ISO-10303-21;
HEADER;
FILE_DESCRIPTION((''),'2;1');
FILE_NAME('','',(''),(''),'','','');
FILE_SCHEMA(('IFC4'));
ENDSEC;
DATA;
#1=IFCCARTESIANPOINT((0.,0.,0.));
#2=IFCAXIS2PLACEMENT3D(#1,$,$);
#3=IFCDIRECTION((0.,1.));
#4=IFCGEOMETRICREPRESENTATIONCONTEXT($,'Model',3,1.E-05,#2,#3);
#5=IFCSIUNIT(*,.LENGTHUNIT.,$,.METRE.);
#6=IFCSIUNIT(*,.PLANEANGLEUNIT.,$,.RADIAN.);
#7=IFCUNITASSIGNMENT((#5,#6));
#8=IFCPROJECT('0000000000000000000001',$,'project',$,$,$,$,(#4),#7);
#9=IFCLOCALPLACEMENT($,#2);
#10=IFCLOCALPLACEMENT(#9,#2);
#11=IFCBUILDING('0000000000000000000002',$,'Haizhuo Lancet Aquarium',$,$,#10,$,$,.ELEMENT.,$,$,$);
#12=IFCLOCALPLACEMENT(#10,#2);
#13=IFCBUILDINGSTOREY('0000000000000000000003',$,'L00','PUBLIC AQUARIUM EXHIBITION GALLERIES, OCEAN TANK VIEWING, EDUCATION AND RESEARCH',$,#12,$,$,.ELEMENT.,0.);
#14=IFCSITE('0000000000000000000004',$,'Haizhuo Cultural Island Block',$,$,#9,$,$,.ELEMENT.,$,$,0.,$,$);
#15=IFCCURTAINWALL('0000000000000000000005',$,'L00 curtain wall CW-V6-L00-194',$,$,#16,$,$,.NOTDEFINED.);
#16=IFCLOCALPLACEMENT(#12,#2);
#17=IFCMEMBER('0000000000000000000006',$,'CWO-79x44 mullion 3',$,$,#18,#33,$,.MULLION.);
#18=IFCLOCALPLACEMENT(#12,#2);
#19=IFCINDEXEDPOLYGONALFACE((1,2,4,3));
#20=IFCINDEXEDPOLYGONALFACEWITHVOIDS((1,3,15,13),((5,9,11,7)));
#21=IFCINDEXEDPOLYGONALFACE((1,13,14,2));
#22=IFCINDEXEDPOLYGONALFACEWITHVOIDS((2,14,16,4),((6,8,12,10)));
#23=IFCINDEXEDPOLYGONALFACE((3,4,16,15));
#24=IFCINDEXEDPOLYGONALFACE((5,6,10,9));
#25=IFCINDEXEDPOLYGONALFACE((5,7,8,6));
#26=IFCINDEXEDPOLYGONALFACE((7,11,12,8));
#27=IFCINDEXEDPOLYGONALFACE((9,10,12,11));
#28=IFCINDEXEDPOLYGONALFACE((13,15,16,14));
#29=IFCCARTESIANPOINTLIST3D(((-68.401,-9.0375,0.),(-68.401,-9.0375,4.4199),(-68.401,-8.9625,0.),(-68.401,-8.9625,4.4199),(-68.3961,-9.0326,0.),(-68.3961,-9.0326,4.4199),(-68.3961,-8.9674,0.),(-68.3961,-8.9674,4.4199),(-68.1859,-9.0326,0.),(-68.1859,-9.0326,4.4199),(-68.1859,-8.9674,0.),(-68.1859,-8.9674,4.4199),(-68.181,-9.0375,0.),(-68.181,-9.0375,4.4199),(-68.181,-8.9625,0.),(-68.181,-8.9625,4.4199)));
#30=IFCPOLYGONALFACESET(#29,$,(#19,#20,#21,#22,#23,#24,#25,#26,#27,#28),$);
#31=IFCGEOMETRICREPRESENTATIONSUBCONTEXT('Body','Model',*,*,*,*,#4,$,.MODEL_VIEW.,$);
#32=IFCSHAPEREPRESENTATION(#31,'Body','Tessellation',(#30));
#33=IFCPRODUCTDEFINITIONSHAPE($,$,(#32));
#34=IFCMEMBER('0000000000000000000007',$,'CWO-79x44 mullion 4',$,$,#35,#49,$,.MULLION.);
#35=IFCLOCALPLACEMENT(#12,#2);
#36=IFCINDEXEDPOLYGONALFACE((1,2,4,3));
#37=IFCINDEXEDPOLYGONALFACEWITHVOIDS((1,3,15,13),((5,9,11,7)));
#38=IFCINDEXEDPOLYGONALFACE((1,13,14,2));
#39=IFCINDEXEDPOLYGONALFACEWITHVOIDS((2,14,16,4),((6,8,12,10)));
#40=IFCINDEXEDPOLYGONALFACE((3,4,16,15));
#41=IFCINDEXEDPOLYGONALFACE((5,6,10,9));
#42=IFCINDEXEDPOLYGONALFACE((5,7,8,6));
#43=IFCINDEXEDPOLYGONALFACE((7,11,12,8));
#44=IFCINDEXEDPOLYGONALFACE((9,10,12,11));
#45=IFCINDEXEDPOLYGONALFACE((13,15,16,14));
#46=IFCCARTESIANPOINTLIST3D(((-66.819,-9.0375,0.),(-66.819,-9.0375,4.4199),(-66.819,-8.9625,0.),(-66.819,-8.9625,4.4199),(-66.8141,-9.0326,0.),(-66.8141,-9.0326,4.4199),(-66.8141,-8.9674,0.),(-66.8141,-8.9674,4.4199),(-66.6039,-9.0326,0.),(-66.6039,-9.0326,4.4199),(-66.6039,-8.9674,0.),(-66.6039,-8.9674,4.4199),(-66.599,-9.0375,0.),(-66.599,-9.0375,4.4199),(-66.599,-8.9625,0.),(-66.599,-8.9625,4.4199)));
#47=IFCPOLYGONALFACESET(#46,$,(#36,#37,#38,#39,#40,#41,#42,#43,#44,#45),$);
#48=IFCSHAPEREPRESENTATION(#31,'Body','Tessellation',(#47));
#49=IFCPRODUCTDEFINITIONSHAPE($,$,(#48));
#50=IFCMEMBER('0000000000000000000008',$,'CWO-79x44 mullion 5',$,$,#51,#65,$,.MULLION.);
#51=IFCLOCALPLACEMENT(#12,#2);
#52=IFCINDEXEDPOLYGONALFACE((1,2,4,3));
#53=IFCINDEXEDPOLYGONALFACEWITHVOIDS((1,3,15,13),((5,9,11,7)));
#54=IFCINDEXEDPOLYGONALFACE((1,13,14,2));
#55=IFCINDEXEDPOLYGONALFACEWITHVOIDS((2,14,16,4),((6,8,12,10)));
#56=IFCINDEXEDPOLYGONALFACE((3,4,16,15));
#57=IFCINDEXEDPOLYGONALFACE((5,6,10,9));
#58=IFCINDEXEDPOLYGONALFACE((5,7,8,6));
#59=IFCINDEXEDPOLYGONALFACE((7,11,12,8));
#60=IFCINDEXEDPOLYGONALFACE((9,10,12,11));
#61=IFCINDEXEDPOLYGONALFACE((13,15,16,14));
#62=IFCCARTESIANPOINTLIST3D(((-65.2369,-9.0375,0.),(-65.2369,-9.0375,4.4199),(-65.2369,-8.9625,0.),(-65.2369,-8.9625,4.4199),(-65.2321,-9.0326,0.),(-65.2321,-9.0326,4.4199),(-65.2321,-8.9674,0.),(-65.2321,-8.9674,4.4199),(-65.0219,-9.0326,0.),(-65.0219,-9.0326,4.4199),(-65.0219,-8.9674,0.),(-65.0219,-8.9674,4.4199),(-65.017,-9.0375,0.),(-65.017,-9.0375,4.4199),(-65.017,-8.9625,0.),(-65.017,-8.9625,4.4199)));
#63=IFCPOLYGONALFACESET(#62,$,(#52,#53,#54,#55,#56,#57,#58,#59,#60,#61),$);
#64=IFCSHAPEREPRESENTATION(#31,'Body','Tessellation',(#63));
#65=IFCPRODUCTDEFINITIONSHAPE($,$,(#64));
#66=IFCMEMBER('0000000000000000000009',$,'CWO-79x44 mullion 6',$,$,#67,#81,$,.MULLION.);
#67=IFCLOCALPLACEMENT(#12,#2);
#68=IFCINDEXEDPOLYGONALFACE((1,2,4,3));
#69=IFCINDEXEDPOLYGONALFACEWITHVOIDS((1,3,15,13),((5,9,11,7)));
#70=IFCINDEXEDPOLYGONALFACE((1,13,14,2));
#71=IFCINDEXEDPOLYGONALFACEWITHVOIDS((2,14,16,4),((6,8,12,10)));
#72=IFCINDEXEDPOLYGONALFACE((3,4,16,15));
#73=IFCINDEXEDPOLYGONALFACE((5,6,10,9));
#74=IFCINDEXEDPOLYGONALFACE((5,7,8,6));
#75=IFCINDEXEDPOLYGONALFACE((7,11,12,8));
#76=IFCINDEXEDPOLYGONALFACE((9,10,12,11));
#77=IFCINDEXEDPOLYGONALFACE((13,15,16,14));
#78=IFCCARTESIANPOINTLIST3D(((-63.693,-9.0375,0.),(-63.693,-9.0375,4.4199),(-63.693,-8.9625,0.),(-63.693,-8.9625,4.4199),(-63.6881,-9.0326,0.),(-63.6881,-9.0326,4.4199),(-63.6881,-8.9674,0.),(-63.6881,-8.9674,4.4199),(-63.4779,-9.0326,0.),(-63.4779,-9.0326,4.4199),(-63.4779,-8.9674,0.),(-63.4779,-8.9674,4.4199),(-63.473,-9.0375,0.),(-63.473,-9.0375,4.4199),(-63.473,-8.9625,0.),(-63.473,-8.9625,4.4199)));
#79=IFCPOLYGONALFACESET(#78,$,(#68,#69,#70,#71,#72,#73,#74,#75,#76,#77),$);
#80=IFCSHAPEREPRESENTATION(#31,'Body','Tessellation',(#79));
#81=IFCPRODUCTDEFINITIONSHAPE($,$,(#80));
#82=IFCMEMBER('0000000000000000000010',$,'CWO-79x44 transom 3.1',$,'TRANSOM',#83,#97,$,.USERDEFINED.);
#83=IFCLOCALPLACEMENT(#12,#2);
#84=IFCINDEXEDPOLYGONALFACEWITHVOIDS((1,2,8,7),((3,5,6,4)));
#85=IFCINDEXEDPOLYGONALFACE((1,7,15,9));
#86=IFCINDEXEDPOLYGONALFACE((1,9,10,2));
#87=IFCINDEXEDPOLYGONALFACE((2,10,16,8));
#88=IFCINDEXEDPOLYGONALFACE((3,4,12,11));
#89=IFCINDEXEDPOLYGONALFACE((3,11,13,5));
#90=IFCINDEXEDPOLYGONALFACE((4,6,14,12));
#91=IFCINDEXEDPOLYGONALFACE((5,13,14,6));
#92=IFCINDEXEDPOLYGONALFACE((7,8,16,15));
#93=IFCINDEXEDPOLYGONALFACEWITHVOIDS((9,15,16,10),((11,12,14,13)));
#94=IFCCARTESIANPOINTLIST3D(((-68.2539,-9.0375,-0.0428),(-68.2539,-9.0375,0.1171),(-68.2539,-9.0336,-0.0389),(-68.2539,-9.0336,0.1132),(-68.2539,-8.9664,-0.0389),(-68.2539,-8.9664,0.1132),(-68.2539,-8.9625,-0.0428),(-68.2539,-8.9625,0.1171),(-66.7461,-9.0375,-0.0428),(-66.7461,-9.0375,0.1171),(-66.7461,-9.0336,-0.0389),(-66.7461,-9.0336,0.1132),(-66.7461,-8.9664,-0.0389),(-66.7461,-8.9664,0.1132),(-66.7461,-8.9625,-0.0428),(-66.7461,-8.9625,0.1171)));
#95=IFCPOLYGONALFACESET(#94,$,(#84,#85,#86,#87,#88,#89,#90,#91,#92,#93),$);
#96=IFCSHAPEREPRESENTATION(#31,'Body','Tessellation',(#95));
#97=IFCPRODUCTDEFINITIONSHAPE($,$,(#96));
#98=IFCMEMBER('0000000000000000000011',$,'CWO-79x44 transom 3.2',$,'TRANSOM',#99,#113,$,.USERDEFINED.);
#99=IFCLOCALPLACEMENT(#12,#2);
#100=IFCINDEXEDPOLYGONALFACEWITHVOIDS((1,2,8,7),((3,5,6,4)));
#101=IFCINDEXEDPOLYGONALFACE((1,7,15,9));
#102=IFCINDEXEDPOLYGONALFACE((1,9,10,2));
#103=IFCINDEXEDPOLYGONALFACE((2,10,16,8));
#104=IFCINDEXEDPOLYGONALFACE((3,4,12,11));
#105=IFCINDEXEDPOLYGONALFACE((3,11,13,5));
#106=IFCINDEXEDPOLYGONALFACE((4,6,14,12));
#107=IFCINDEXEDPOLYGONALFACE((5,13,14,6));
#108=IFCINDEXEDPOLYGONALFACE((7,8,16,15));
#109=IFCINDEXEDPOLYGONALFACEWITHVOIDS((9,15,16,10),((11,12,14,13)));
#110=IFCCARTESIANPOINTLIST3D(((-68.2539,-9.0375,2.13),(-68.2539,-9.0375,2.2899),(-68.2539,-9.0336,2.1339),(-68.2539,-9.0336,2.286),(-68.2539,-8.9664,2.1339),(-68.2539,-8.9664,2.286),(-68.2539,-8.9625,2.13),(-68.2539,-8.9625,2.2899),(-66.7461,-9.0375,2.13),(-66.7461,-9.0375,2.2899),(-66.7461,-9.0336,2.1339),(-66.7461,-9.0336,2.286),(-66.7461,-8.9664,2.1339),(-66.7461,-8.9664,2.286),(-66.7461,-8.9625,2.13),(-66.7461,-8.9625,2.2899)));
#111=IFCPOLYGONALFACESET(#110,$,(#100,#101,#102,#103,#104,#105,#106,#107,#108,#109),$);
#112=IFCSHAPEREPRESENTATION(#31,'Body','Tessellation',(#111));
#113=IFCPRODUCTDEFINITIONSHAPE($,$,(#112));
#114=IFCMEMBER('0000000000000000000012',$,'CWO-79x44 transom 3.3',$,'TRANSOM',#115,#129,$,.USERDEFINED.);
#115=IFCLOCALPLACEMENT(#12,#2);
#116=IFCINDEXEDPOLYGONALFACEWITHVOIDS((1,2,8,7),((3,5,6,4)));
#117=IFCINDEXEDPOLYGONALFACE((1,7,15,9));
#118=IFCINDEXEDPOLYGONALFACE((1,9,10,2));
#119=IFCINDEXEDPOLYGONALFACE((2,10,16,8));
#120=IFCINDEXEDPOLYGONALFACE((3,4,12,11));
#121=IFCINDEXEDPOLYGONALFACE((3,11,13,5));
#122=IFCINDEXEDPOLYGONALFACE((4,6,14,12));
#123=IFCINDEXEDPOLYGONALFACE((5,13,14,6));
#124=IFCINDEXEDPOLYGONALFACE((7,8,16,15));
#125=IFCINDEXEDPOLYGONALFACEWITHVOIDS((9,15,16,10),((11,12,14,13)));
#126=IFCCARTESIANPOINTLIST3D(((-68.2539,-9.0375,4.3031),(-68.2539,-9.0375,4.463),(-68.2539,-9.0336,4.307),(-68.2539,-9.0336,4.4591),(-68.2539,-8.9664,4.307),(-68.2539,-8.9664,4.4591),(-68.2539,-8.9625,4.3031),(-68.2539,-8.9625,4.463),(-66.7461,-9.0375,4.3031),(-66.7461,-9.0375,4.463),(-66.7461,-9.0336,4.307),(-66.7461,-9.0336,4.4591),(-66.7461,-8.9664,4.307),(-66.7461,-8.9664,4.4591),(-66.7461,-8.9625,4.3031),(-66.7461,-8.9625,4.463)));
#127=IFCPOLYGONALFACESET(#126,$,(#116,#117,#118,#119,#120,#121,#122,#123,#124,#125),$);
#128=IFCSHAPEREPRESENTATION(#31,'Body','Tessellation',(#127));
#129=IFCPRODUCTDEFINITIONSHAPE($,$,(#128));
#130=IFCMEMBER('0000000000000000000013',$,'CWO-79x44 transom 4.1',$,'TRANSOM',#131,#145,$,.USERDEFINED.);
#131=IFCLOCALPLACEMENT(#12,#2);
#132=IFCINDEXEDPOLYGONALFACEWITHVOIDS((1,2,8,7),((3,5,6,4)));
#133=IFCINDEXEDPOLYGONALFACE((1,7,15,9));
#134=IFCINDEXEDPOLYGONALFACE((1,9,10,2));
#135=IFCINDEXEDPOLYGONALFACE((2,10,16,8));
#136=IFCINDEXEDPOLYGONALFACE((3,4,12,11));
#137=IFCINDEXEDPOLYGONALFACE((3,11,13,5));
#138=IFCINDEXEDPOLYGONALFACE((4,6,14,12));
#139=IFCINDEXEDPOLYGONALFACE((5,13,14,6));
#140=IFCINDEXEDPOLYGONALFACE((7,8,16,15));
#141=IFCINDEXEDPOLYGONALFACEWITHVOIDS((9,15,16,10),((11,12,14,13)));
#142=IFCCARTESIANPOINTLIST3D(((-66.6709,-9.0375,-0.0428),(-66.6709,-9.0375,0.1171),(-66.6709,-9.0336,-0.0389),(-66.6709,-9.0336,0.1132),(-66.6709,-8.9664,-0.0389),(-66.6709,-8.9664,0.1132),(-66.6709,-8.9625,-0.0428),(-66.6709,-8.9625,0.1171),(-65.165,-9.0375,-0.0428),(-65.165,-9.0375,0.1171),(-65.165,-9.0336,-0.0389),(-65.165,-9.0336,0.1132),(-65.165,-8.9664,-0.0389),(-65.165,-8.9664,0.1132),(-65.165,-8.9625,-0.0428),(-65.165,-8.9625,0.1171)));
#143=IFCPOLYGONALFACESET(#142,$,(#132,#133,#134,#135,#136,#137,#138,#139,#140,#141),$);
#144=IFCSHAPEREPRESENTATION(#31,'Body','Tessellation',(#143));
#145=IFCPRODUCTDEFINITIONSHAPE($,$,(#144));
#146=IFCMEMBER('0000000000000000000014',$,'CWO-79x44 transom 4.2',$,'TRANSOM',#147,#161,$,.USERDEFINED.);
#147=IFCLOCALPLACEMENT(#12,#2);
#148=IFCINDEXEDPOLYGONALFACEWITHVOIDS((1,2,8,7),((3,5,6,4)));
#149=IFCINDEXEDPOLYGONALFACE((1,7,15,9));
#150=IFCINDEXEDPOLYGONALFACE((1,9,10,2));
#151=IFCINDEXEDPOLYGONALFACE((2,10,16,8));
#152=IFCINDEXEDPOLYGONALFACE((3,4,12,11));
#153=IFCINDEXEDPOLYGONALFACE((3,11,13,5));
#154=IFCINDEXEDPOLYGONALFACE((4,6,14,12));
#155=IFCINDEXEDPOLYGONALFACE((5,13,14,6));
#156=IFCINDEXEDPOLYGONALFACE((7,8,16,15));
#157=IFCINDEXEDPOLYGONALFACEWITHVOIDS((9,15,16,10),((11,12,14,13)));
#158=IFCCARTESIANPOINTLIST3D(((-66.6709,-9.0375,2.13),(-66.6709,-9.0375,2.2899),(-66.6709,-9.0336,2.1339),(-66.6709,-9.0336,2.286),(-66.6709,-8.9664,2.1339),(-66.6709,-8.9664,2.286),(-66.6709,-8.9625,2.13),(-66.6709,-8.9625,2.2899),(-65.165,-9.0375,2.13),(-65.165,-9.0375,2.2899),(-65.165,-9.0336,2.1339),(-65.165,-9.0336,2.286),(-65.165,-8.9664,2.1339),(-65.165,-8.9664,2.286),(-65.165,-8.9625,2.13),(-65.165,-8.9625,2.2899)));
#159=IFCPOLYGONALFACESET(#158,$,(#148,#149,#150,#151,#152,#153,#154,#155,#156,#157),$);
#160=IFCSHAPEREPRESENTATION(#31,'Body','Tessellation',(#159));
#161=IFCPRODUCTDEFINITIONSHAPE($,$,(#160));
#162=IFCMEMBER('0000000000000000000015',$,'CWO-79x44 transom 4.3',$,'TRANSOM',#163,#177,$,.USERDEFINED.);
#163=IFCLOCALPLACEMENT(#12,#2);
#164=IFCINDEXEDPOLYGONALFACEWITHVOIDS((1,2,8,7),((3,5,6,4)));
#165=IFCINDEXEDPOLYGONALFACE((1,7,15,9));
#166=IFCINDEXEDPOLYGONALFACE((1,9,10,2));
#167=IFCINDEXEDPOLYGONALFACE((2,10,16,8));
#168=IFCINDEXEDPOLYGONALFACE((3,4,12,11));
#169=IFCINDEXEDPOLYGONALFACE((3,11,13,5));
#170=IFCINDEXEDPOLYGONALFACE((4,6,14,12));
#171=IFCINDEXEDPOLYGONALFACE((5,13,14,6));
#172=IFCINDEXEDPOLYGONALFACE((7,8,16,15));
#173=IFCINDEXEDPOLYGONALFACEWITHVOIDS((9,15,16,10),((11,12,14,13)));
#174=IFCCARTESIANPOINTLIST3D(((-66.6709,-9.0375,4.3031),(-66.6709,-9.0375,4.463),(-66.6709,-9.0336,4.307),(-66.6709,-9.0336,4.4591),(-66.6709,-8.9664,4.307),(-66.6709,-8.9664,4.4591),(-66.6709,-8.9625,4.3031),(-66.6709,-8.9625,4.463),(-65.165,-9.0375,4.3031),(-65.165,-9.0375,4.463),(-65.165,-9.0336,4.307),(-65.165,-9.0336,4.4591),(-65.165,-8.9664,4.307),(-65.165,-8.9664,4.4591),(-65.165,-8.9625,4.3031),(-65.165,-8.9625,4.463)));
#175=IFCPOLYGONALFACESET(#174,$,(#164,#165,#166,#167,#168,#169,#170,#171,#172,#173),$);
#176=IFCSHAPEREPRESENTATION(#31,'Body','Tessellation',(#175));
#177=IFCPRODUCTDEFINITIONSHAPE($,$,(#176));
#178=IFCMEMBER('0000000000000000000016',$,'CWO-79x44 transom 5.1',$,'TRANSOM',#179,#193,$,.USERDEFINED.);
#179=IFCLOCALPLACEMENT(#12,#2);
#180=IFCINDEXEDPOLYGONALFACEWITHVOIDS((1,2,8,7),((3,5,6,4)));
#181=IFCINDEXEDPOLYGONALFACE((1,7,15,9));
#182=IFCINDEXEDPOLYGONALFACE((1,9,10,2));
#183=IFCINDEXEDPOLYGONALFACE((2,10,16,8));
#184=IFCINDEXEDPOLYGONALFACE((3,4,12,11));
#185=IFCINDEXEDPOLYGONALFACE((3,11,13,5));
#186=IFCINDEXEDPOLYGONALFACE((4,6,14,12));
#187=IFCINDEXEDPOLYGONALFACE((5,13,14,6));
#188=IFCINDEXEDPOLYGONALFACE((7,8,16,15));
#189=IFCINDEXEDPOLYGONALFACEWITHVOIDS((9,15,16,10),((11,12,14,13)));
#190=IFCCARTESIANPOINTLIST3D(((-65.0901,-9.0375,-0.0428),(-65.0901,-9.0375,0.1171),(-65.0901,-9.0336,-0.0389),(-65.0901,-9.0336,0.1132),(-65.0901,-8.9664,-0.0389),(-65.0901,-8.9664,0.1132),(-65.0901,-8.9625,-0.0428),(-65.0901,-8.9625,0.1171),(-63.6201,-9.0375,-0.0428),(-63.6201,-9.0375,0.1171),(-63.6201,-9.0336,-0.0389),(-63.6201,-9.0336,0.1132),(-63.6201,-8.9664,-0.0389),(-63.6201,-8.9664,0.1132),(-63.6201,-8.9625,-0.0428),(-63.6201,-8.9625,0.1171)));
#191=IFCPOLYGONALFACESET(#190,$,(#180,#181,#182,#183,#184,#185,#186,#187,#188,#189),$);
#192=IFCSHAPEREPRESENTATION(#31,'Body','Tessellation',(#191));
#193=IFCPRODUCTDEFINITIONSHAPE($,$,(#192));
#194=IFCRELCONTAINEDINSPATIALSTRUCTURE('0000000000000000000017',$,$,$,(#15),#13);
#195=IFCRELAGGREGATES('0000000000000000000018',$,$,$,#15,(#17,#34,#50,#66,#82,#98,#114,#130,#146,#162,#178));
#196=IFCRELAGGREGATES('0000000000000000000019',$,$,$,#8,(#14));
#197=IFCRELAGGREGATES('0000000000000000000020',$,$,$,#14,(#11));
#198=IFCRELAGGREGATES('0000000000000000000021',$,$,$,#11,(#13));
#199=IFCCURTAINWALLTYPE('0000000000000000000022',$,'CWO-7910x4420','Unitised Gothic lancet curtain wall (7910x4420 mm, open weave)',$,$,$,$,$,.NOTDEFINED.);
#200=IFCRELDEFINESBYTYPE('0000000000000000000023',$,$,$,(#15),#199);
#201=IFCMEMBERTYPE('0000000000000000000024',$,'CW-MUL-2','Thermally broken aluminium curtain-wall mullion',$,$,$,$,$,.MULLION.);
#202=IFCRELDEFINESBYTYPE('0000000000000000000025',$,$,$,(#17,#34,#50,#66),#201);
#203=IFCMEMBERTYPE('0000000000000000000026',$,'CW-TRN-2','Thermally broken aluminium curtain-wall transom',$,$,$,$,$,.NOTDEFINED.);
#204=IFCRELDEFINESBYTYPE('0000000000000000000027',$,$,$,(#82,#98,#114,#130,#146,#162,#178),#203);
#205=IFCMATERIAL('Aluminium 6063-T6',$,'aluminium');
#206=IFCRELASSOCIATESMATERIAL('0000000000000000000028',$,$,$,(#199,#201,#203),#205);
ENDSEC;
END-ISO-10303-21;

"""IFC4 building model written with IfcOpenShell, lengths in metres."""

from ifc_helpers import new_model, si_unit, direction, frame, origin, origin_2d, place, context, subcontext, project, spatial, hollow_rectangle, extrude, material, material_profile, profile_set, type_object, element, aggregate, save


model = new_model("IFC4")

# Units and contexts
model_context = context("Model", 3, precision=1e-05, world=origin(), true_north=direction((0.0, 1.0)))
body_context = subcontext(model_context, "Body", "Model", "MODEL_VIEW")
ifc_project = project(units=[si_unit("LENGTHUNIT", "METRE"), si_unit("PLANEANGLEUNIT", "RADIAN")], contexts=[model_context])

# Site, building, storey
site_placement = place(None, origin())
site = spatial("IfcSite", under=ifc_project, at=site_placement, Name="Haizhuo Cultural Island Block", CompositionType="ELEMENT", RefElevation=0.0)
building_placement = place(site_placement, origin())
building = spatial("IfcBuilding", under=site, at=building_placement, Name="Haizhuo Lancet Aquarium", CompositionType="ELEMENT")
storey_placement = place(building_placement, origin())
storey = spatial("IfcBuildingStorey", under=building, at=storey_placement, Name="L00", Description="PUBLIC AQUARIUM EXHIBITION GALLERIES, OCEAN TANK VIEWING, EDUCATION AND RESEARCH", CompositionType="ELEMENT", Elevation=0.0)

# Curtain wall, members
ifc_material_1 = material(Name="Aluminium 6063-T6", Category="aluminium")
curtain_wall_type = type_object("IfcCurtainWallType", Name="CWO-7910x4420", Description="Unitised Gothic lancet curtain wall (7910x4420 mm, open weave)", PredefinedType="NOTDEFINED", material=ifc_material_1)
curtain_wall_placement = place(storey_placement, origin())
curtain_wall = element("IfcCurtainWall", 1, at=curtain_wall_placement, inside=storey, type_object=curtain_wall_type, Name="L00 curtain wall CW-V6-L00-194", PredefinedType="NOTDEFINED")
ifc_material_profile_1 = material_profile(ifc_material_1, hollow_rectangle(XDim=0.075, YDim=0.22, WallThickness=0.0049, at=origin_2d()), Name="ALU-M 75x220x5")
ifc_profile_set_1 = profile_set([ifc_material_profile_1], Name="Aluminium 6063-T6")
member_type_1 = type_object("IfcMemberType", Name="CW-MUL-2", Description="Thermally broken aluminium curtain-wall mullion", PredefinedType="MULLION", material=ifc_profile_set_1)
member_1_placement = place(storey_placement, frame((-68.291, -9.0, 0.0), z_axis=(0.0, 0.0, 1.0), x_axis=(0.0, 1.0, 0.0)))
member_1 = element("IfcMember", 2, at=member_1_placement, type_object=member_type_1, Name="CWO-79x44 mullion 3", PredefinedType="MULLION", context=body_context, shape_type="SweptSolid", body=[
    extrude(hollow_rectangle(XDim=0.075, YDim=0.22, WallThickness=0.0049, at=origin_2d()), origin(), (0.0, 0.0, 1.0), 4.4199),
])
member_2_placement = place(storey_placement, frame((-66.709, -9.0, 0.0), z_axis=(0.0, 0.0, 1.0), x_axis=(0.0, 1.0, 0.0)))
member_2 = element("IfcMember", 3, at=member_2_placement, type_object=member_type_1, Name="CWO-79x44 mullion 4", PredefinedType="MULLION", context=body_context, shape_type="SweptSolid", body=[
    extrude(hollow_rectangle(XDim=0.075, YDim=0.22, WallThickness=0.0049, at=origin_2d()), origin(), (0.0, 0.0, 1.0), 4.4199),
])
member_3_placement = place(storey_placement, frame((-65.127, -9.0, 0.0), z_axis=(0.0, 0.0, 1.0), x_axis=(0.0, 1.0, 0.0)))
member_3 = element("IfcMember", 4, at=member_3_placement, type_object=member_type_1, Name="CWO-79x44 mullion 5", PredefinedType="MULLION", context=body_context, shape_type="SweptSolid", body=[
    extrude(hollow_rectangle(XDim=0.075, YDim=0.22, WallThickness=0.0049, at=origin_2d()), origin(), (0.0, 0.0, 1.0), 4.4199),
])
member_4_placement = place(storey_placement, frame((-63.583, -9.0, 0.0), z_axis=(0.0, 0.0, 1.0), x_axis=(0.0, 1.0, 0.0)))
member_4 = element("IfcMember", 5, at=member_4_placement, type_object=member_type_1, Name="CWO-79x44 mullion 6", PredefinedType="MULLION", context=body_context, shape_type="SweptSolid", body=[
    extrude(hollow_rectangle(XDim=0.075, YDim=0.22, WallThickness=0.0049, at=origin_2d()), origin(), (0.0, 0.0, 1.0), 4.4199),
])
ifc_material_profile_2 = material_profile(ifc_material_1, hollow_rectangle(XDim=0.075, YDim=0.1599, WallThickness=0.0039, at=origin_2d()), Name="ALU-T 75x160x4")
ifc_profile_set_2 = profile_set([ifc_material_profile_2], Name="Aluminium 6063-T6")
member_type_2 = type_object("IfcMemberType", Name="CW-TRN-2", Description="Thermally broken aluminium curtain-wall transom", PredefinedType="NOTDEFINED", material=ifc_profile_set_2)
member_5_placement = place(storey_placement, frame((-68.2539, -9.0, 0.0371), z_axis=(1.0, 0.0, 0.0), x_axis=(0.0, 1.0, 0.0)))
member_5 = element("IfcMember", 6, at=member_5_placement, type_object=member_type_2, Name="CWO-79x44 transom 3.1", ObjectType="TRANSOM", PredefinedType="USERDEFINED", context=body_context, shape_type="SweptSolid", body=[
    extrude(hollow_rectangle(XDim=0.075, YDim=0.1599, WallThickness=0.0039, at=origin_2d()), origin(), (0.0, 0.0, 1.0), 1.5078),
])
member_6_placement = place(storey_placement, frame((-68.2539, -9.0, 2.21), z_axis=(1.0, 0.0, 0.0), x_axis=(0.0, 1.0, 0.0)))
member_6 = element("IfcMember", 7, at=member_6_placement, type_object=member_type_2, Name="CWO-79x44 transom 3.2", ObjectType="TRANSOM", PredefinedType="USERDEFINED", context=body_context, shape_type="SweptSolid", body=[
    extrude(hollow_rectangle(XDim=0.075, YDim=0.1599, WallThickness=0.0039, at=origin_2d()), origin(), (0.0, 0.0, 1.0), 1.5078),
])
member_7_placement = place(storey_placement, frame((-68.2539, -9.0, 4.3831), z_axis=(1.0, 0.0, 0.0), x_axis=(0.0, 1.0, 0.0)))
member_7 = element("IfcMember", 8, at=member_7_placement, type_object=member_type_2, Name="CWO-79x44 transom 3.3", ObjectType="TRANSOM", PredefinedType="USERDEFINED", context=body_context, shape_type="SweptSolid", body=[
    extrude(hollow_rectangle(XDim=0.075, YDim=0.1599, WallThickness=0.0039, at=origin_2d()), origin(), (0.0, 0.0, 1.0), 1.5078),
])
member_8_placement = place(storey_placement, frame((-66.6709, -9.0, 0.0371), z_axis=(1.0, 0.0, 0.0), x_axis=(0.0, 1.0, 0.0)))
member_8 = element("IfcMember", 9, at=member_8_placement, type_object=member_type_2, Name="CWO-79x44 transom 4.1", ObjectType="TRANSOM", PredefinedType="USERDEFINED", context=body_context, shape_type="SweptSolid", body=[
    extrude(hollow_rectangle(XDim=0.075, YDim=0.1599, WallThickness=0.0039, at=origin_2d()), origin(), (0.0, 0.0, 1.0), 1.5059),
])
member_9_placement = place(storey_placement, frame((-66.6709, -9.0, 2.21), z_axis=(1.0, 0.0, 0.0), x_axis=(0.0, 1.0, 0.0)))
member_9 = element("IfcMember", 10, at=member_9_placement, type_object=member_type_2, Name="CWO-79x44 transom 4.2", ObjectType="TRANSOM", PredefinedType="USERDEFINED", context=body_context, shape_type="SweptSolid", body=[
    extrude(hollow_rectangle(XDim=0.075, YDim=0.1599, WallThickness=0.0039, at=origin_2d()), origin(), (0.0, 0.0, 1.0), 1.5059),
])
member_10_placement = place(storey_placement, frame((-66.6709, -9.0, 4.3831), z_axis=(1.0, 0.0, 0.0), x_axis=(0.0, 1.0, 0.0)))
member_10 = element("IfcMember", 11, at=member_10_placement, type_object=member_type_2, Name="CWO-79x44 transom 4.3", ObjectType="TRANSOM", PredefinedType="USERDEFINED", context=body_context, shape_type="SweptSolid", body=[
    extrude(hollow_rectangle(XDim=0.075, YDim=0.1599, WallThickness=0.0039, at=origin_2d()), origin(), (0.0, 0.0, 1.0), 1.5059),
])
member_11_placement = place(storey_placement, frame((-65.0901, -9.0, 0.0371), z_axis=(1.0, 0.0, 0.0), x_axis=(0.0, 1.0, 0.0)))
member_11 = element("IfcMember", 12, at=member_11_placement, type_object=member_type_2, Name="CWO-79x44 transom 5.1", ObjectType="TRANSOM", PredefinedType="USERDEFINED", context=body_context, shape_type="SweptSolid", body=[
    extrude(hollow_rectangle(XDim=0.075, YDim=0.1599, WallThickness=0.0039, at=origin_2d()), origin(), (0.0, 0.0, 1.0), 1.47),
])

aggregate(curtain_wall, [member_1, member_2, member_3, member_4, member_5, member_6, member_7, member_8, member_9, member_10, member_11])

save(model, "model.ifc")
